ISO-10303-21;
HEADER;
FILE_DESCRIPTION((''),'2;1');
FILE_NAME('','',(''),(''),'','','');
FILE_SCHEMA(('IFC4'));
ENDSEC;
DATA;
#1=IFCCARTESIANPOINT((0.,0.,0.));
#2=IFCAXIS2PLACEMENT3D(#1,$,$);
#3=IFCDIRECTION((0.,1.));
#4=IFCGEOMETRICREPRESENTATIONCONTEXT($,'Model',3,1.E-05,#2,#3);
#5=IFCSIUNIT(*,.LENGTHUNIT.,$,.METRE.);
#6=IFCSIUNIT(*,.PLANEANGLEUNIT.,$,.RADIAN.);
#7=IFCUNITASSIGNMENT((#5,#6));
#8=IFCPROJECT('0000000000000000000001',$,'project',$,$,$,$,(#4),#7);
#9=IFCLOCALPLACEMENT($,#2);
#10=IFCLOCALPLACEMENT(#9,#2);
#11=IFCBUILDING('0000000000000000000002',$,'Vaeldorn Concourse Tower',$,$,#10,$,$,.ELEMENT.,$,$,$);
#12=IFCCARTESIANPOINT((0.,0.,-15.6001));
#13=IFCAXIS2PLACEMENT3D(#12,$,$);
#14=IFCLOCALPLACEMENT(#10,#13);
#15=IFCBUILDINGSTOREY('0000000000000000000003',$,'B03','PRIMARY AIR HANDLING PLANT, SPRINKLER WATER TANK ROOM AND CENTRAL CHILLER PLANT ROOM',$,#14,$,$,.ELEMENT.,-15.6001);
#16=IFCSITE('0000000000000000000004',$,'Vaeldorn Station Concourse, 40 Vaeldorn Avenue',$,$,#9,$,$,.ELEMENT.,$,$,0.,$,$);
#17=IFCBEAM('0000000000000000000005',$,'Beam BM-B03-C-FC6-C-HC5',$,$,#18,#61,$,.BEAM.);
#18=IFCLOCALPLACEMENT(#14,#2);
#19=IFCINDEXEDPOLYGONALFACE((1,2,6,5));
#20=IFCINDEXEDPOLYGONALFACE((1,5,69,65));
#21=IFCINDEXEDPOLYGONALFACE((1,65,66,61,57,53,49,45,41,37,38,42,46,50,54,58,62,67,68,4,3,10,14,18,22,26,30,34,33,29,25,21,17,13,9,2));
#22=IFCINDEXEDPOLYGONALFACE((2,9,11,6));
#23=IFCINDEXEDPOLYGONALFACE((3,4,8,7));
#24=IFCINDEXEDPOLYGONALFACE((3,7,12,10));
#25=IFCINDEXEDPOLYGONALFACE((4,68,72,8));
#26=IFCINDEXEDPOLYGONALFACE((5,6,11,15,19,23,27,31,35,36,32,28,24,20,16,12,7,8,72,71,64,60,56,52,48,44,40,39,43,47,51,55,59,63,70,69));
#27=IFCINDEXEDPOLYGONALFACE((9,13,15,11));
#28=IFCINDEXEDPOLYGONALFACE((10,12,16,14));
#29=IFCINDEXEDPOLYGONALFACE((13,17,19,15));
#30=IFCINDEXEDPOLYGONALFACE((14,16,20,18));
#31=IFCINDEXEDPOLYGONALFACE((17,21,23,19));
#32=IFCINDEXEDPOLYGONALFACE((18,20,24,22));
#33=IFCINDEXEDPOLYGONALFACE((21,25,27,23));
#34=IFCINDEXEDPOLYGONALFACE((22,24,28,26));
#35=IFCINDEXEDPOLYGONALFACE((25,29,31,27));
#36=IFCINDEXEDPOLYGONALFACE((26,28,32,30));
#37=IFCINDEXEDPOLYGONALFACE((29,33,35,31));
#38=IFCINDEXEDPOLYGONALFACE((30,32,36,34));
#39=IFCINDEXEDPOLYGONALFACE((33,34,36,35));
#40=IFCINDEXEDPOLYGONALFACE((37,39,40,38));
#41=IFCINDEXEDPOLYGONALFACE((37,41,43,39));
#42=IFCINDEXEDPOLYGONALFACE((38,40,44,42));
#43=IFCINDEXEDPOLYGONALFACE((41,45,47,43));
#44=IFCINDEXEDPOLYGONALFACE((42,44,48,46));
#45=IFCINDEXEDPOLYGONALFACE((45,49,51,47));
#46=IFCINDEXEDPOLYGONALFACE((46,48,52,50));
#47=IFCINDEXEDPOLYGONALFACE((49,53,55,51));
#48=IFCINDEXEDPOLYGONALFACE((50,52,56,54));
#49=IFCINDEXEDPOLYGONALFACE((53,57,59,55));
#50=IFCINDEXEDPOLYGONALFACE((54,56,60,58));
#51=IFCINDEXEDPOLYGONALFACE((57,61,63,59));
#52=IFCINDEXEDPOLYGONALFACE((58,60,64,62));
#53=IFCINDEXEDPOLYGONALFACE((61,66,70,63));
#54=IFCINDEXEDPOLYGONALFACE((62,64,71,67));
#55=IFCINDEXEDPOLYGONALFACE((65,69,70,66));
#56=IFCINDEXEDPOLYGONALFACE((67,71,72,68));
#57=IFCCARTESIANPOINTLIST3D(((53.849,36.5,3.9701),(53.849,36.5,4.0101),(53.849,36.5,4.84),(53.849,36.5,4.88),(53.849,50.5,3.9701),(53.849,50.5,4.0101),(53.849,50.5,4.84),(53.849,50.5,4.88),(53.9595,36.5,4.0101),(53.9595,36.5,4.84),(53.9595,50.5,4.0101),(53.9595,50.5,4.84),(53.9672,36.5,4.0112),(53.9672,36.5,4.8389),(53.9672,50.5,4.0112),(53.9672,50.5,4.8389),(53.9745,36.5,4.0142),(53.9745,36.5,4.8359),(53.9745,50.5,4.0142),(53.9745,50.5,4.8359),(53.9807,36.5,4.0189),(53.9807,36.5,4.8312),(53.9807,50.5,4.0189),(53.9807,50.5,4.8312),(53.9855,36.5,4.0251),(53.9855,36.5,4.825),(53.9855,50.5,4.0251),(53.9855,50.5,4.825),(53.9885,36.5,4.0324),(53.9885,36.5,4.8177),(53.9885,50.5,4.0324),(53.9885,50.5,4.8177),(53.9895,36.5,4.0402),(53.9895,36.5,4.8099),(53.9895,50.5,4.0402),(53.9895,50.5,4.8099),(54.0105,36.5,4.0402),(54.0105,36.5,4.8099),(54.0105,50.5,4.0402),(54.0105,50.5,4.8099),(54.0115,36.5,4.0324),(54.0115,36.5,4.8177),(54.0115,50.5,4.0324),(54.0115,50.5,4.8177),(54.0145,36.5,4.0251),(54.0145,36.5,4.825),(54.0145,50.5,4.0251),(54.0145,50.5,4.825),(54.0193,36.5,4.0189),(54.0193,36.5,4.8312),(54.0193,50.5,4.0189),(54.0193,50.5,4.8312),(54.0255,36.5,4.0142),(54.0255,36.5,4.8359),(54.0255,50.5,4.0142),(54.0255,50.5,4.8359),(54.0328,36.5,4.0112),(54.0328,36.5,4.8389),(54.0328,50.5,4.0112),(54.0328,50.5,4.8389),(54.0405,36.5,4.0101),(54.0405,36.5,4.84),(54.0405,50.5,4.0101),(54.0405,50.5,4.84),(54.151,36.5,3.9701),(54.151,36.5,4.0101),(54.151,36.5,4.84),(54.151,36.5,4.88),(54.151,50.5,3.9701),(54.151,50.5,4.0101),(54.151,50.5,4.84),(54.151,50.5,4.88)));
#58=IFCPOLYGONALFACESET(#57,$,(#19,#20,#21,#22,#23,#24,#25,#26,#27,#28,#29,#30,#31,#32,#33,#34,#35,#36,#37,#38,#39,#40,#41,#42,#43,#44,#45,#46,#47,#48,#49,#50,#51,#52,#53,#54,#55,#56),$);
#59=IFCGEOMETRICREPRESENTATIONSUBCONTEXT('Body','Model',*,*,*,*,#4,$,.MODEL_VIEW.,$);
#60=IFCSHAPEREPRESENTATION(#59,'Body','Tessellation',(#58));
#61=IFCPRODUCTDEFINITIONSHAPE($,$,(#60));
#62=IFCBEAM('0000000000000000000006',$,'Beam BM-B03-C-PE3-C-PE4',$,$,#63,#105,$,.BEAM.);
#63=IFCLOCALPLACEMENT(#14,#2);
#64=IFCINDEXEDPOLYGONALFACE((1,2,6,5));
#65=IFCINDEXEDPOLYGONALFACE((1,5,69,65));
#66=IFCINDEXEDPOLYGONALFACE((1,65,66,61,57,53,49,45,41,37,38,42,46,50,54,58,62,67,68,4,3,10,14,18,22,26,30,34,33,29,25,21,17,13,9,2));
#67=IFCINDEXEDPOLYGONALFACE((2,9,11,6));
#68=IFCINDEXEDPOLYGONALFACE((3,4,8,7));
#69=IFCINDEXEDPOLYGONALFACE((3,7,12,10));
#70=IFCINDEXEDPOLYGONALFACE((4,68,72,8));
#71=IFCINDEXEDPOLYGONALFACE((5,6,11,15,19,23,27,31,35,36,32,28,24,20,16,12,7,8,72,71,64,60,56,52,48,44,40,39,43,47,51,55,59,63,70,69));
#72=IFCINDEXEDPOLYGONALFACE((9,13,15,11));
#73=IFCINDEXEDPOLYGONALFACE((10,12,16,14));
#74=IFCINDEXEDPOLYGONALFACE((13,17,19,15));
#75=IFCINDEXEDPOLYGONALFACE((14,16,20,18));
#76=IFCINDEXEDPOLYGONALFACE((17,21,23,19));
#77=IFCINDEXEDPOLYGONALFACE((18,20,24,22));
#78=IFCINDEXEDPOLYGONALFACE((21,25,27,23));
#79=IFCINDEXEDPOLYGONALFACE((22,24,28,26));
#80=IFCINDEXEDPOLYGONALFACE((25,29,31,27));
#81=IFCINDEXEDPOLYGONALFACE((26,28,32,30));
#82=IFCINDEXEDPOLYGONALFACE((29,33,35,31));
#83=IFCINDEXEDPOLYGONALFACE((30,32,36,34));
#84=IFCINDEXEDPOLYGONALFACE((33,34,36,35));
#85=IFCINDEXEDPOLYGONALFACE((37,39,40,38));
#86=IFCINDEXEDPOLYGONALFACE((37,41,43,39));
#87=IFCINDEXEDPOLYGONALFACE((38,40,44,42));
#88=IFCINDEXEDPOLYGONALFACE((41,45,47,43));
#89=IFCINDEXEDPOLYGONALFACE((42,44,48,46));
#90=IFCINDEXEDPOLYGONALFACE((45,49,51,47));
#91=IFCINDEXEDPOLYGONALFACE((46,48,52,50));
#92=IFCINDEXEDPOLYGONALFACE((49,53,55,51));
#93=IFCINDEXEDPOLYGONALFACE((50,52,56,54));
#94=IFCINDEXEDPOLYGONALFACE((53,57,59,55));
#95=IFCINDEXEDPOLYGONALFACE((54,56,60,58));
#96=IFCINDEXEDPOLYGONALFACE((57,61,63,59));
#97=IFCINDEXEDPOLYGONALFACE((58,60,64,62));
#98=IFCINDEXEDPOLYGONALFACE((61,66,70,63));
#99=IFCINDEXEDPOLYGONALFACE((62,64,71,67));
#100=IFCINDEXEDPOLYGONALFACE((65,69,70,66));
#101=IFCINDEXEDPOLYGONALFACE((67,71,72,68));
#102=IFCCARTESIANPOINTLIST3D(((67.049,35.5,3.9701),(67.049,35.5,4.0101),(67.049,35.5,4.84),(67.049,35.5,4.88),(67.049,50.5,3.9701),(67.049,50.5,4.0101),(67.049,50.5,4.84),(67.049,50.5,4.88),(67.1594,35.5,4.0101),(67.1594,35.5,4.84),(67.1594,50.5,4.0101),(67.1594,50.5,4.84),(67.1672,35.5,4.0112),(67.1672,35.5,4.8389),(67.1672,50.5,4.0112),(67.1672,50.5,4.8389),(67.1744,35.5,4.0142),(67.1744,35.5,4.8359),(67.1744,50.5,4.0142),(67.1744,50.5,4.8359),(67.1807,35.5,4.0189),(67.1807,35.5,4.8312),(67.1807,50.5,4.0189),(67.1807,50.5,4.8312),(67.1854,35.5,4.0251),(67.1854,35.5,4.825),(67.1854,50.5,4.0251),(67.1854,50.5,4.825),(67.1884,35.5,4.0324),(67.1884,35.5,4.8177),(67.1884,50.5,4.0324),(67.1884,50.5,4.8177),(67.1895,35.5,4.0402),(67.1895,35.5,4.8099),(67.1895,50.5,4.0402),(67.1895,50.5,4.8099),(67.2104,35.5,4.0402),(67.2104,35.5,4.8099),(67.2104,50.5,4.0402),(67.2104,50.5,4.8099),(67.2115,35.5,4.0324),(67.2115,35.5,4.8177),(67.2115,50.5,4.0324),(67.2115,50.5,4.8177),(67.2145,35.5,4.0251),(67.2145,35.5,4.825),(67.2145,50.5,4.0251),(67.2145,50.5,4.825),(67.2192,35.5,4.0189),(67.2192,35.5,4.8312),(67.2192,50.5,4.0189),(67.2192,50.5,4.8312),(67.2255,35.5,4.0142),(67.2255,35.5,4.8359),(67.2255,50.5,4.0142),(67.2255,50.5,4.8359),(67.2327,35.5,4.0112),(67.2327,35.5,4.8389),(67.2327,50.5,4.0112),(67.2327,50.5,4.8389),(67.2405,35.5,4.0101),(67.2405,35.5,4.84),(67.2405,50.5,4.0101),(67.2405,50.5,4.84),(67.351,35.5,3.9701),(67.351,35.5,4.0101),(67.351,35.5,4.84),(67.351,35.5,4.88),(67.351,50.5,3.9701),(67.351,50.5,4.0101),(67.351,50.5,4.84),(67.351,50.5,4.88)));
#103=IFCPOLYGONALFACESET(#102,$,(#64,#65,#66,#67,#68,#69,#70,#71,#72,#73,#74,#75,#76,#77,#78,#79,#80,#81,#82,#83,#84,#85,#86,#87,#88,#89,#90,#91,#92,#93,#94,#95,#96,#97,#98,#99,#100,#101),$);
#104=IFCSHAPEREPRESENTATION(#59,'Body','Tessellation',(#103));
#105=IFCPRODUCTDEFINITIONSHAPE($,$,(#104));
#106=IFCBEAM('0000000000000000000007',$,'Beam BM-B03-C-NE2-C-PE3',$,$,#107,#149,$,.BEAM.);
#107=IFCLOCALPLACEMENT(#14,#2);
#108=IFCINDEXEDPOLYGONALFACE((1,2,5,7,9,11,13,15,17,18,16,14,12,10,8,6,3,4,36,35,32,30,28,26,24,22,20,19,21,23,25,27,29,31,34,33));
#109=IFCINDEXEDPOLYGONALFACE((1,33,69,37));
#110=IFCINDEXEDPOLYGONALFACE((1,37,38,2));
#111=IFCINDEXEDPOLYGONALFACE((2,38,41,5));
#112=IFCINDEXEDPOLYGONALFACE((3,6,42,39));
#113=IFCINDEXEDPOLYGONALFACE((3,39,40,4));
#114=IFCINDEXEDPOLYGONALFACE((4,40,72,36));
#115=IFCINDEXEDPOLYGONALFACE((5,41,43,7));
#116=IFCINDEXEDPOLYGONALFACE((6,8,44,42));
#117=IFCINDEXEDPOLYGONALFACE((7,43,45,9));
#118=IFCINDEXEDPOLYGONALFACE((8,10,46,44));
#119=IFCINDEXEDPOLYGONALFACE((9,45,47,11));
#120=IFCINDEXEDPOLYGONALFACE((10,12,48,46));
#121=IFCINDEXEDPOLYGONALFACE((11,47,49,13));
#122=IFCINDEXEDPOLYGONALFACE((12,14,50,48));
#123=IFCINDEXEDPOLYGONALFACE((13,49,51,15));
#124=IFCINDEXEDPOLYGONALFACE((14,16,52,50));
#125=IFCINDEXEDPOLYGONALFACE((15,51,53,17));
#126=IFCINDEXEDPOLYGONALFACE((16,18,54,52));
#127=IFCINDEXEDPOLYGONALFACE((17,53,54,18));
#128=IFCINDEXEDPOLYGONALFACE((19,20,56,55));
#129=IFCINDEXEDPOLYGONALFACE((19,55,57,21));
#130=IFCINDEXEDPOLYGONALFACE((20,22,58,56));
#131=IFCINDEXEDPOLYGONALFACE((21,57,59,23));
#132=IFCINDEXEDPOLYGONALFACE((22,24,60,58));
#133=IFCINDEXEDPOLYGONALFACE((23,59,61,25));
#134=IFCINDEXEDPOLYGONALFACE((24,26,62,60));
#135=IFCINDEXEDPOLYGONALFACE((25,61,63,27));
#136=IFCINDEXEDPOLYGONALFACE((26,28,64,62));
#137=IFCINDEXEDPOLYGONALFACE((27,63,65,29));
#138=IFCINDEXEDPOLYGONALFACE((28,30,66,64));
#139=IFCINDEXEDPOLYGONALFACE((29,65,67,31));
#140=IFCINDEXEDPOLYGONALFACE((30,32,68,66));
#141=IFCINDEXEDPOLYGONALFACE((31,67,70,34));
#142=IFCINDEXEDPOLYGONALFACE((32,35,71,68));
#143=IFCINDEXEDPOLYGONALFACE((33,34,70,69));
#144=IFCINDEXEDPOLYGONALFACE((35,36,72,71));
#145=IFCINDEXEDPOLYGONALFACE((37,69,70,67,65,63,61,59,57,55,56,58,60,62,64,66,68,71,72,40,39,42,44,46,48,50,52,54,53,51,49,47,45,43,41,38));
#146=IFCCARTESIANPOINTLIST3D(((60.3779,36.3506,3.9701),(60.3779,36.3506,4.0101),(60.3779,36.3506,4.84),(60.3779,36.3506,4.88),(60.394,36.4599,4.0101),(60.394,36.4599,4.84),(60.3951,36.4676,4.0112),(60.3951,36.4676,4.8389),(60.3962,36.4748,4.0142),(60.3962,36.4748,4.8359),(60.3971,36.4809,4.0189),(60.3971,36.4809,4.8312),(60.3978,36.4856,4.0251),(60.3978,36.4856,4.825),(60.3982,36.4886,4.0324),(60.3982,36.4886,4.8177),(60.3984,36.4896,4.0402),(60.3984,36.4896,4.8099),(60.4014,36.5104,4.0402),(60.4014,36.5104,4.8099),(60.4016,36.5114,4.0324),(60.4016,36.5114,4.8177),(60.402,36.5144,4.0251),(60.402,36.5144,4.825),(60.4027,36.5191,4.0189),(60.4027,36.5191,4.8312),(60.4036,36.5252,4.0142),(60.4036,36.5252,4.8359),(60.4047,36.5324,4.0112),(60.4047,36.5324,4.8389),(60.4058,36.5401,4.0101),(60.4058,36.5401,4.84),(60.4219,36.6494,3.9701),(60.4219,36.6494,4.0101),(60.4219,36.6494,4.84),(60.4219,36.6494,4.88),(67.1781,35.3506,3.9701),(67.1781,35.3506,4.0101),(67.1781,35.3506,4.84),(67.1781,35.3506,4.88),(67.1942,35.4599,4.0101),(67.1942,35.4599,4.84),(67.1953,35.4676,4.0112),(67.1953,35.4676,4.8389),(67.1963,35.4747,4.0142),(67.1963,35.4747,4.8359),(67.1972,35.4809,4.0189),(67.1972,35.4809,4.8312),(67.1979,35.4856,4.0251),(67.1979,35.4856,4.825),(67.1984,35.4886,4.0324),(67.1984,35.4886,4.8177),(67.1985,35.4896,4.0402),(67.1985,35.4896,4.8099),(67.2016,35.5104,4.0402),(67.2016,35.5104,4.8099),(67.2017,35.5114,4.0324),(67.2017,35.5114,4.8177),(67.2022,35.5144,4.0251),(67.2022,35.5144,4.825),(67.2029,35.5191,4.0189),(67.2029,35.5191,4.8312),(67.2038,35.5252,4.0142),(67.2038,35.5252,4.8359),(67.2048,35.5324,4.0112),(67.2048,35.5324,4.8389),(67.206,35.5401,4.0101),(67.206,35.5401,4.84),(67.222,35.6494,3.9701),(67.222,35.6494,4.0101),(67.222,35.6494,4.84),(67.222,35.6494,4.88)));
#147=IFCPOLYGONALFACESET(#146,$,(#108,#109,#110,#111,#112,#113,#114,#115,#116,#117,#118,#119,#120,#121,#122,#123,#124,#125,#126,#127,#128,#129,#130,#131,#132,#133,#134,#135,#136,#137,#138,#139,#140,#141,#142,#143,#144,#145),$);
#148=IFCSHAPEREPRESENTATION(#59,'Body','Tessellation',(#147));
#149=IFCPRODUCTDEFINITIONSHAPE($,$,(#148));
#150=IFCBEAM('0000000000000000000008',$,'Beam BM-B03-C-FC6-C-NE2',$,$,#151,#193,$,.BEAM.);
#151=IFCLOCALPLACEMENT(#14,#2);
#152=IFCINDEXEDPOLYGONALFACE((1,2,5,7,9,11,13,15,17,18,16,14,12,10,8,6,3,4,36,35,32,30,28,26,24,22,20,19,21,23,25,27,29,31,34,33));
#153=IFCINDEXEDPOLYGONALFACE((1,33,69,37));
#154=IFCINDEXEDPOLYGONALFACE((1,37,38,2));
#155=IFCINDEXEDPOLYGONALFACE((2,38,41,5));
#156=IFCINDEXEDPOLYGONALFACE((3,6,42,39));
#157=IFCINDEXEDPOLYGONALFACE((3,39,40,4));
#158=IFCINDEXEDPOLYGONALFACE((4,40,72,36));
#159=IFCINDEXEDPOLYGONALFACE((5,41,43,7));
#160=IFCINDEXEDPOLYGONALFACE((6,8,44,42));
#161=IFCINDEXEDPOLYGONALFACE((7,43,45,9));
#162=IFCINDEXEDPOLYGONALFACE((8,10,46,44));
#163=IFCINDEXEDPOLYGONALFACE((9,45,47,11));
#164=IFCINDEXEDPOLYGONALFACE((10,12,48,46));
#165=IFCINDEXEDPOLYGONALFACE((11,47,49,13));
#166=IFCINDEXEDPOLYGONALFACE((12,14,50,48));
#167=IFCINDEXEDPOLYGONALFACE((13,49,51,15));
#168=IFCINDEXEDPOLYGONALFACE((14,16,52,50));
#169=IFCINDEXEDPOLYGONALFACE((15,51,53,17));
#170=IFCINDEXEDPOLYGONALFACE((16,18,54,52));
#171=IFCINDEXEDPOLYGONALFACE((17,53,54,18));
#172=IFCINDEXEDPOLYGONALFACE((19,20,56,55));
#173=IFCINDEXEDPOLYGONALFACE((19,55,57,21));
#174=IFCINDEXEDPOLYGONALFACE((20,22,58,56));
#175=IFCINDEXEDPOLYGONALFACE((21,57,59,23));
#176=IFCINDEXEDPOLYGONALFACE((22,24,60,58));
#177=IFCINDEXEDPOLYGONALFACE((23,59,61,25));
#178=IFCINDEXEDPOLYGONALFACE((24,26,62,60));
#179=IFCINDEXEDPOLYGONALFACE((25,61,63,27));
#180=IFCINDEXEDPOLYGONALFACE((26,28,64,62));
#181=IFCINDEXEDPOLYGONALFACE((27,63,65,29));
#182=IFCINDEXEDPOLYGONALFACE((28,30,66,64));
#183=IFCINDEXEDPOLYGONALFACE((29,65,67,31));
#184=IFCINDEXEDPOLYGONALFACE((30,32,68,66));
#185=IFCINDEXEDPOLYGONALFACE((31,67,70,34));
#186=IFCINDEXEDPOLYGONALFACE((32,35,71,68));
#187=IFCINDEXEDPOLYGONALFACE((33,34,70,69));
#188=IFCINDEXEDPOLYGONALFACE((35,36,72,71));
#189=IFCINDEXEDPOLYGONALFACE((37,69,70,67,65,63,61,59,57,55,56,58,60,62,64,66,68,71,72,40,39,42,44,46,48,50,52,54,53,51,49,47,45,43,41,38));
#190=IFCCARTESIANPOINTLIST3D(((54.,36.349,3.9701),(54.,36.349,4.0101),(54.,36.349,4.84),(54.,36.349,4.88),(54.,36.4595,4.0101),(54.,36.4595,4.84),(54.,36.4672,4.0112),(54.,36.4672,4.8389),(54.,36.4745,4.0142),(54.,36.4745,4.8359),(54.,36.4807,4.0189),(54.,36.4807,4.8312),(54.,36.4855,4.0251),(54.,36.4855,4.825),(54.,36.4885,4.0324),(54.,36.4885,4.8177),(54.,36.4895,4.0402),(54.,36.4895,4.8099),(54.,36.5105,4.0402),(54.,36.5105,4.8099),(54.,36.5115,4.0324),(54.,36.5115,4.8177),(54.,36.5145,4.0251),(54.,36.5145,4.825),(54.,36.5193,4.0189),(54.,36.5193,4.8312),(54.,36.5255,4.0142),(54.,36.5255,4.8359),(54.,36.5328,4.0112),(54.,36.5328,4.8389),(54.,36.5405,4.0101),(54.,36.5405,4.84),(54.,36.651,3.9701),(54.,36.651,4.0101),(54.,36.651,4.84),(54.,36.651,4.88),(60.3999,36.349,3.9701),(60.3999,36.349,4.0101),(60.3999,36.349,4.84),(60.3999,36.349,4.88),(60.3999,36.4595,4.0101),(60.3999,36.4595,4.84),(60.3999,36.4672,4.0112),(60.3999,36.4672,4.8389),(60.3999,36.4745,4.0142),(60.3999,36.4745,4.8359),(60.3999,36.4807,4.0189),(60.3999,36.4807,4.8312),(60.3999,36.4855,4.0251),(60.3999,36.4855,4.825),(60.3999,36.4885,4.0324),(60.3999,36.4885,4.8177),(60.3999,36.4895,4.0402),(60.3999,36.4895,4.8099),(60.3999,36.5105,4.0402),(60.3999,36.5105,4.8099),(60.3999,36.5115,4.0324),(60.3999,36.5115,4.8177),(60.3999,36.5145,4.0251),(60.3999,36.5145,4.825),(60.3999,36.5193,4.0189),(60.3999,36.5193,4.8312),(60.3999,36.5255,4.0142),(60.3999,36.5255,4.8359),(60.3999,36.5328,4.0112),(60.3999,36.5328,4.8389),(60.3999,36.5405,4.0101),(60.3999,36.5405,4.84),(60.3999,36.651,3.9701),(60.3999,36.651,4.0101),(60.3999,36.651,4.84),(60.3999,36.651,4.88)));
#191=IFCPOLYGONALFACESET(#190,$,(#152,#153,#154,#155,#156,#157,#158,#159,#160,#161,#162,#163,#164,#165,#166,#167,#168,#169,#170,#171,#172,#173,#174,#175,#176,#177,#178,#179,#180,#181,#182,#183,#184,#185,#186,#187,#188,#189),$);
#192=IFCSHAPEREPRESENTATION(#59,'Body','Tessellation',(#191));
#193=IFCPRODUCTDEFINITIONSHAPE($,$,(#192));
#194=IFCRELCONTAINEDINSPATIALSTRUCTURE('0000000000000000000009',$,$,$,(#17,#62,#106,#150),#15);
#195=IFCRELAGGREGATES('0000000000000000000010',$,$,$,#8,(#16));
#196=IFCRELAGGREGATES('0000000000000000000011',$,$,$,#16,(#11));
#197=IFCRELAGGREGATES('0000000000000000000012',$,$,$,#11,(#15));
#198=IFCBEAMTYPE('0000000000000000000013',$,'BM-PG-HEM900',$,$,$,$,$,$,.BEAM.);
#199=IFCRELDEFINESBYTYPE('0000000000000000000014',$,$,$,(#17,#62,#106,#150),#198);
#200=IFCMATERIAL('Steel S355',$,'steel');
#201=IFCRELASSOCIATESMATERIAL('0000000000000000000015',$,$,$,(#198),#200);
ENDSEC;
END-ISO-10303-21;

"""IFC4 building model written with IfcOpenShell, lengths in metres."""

from ifc_helpers import new_model, si_unit, direction, frame, origin, origin_2d, place, context, subcontext, project, spatial, i_section, extrude, source, transform, mapped, material, material_profile, profile_set, type_object, element, save


model = new_model("IFC4")

# Units and contexts
model_context = context("Model", 3, precision=1e-05, world=origin(), true_north=direction((0.0, 1.0)))
body_context = subcontext(model_context, "Body", "Model", "MODEL_VIEW")
ifc_project = project(units=[si_unit("LENGTHUNIT", "METRE"), si_unit("PLANEANGLEUNIT", "RADIAN")], contexts=[model_context])

# Site, building, storey
site_placement = place(None, origin())
site = spatial("IfcSite", under=ifc_project, at=site_placement, Name="Vaeldorn Station Concourse, 40 Vaeldorn Avenue", CompositionType="ELEMENT", RefElevation=0.0)
building_placement = place(site_placement, origin())
building = spatial("IfcBuilding", under=site, at=building_placement, Name="Vaeldorn Concourse Tower", CompositionType="ELEMENT")
storey_placement = place(building_placement, frame((0.0, 0.0, -15.6001)))
storey = spatial("IfcBuildingStorey", under=building, at=storey_placement, Name="B03", Description="PRIMARY AIR HANDLING PLANT, SPRINKLER WATER TANK ROOM AND CENTRAL CHILLER PLANT ROOM", CompositionType="ELEMENT", Elevation=-15.6001)

# Beams
ifc_material_1 = material(Name="Steel S355", Category="steel")
ifc_material_profile_1 = material_profile(ifc_material_1, i_section(OverallWidth=0.302, OverallDepth=0.9099, WebThickness=0.021, FlangeThickness=0.04, FilletRadius=0.03, at=origin_2d()), Name="HEM 900")
ifc_profile_set_1 = profile_set([ifc_material_profile_1], Name="Steel S355")
beam_type = type_object("IfcBeamType", Name="BM-PG-HEM900", PredefinedType="BEAM", material=ifc_profile_set_1)
shared_shape_1 = source(origin(), body_context, "Body", "SweptSolid", [
    extrude(i_section(OverallWidth=0.302, OverallDepth=0.9099, WebThickness=0.021, FlangeThickness=0.04, FilletRadius=0.03, at=origin_2d()), origin(), (0.0, 0.0, 1.0), 14.0),
])
beam_1_placement = place(storey_placement, frame((54.0, 36.5, 4.425), z_axis=(0.0, 1.0, 0.0), x_axis=(-1.0, 0.0, 0.0)))
element("IfcBeam", 1, at=beam_1_placement, inside=storey, type_object=beam_type, Name="Beam BM-B03-C-FC6-C-HC5", PredefinedType="BEAM", context=body_context, shape_type="MappedRepresentation", body=[
    mapped(shared_shape_1, transform((0.0, 0.0, 0.0), scale=1.0)),
])
shared_shape_2 = source(origin(), body_context, "Body", "SweptSolid", [
    extrude(i_section(OverallWidth=0.302, OverallDepth=0.9099, WebThickness=0.021, FlangeThickness=0.04, FilletRadius=0.03, at=origin_2d()), origin(), (0.0, 0.0, 1.0), 15.0),
])
beam_2_placement = place(storey_placement, frame((67.2, 35.5, 4.425), z_axis=(0.0, 1.0, 0.0), x_axis=(-1.0, 0.0, 0.0)))
element("IfcBeam", 2, at=beam_2_placement, inside=storey, type_object=beam_type, Name="Beam BM-B03-C-PE3-C-PE4", PredefinedType="BEAM", context=body_context, shape_type="MappedRepresentation", body=[
    mapped(shared_shape_2, transform((0.0, 0.0, 0.0), scale=1.0)),
])
shared_shape_3 = source(origin(), body_context, "Body", "SweptSolid", [
    extrude(i_section(OverallWidth=0.302, OverallDepth=0.9099, WebThickness=0.021, FlangeThickness=0.04, FilletRadius=0.03, at=origin_2d()), origin(), (0.0, 0.0, 1.0), 6.8733),
])
beam_3_placement = place(storey_placement, frame((60.3999, 36.5, 4.425), z_axis=(0.989359, -0.145493, 0.0), x_axis=(0.145493, 0.989359, 0.0)))
element("IfcBeam", 3, at=beam_3_placement, inside=storey, type_object=beam_type, Name="Beam BM-B03-C-NE2-C-PE3", PredefinedType="BEAM", context=body_context, shape_type="MappedRepresentation", body=[
    mapped(shared_shape_3, transform((0.0, 0.0, 0.0), scale=1.0)),
])
shared_shape_4 = source(origin(), body_context, "Body", "SweptSolid", [
    extrude(i_section(OverallWidth=0.302, OverallDepth=0.9099, WebThickness=0.021, FlangeThickness=0.04, FilletRadius=0.03, at=origin_2d()), origin(), (0.0, 0.0, 1.0), 6.3999),
])
beam_4_placement = place(storey_placement, frame((54.0, 36.5, 4.425), z_axis=(1.0, 0.0, 0.0), x_axis=(0.0, 1.0, 0.0)))
element("IfcBeam", 4, at=beam_4_placement, inside=storey, type_object=beam_type, Name="Beam BM-B03-C-FC6-C-NE2", PredefinedType="BEAM", context=body_context, shape_type="MappedRepresentation", body=[
    mapped(shared_shape_4, transform((0.0, 0.0, 0.0), scale=1.0)),
])

save(model, "model.ifc")
